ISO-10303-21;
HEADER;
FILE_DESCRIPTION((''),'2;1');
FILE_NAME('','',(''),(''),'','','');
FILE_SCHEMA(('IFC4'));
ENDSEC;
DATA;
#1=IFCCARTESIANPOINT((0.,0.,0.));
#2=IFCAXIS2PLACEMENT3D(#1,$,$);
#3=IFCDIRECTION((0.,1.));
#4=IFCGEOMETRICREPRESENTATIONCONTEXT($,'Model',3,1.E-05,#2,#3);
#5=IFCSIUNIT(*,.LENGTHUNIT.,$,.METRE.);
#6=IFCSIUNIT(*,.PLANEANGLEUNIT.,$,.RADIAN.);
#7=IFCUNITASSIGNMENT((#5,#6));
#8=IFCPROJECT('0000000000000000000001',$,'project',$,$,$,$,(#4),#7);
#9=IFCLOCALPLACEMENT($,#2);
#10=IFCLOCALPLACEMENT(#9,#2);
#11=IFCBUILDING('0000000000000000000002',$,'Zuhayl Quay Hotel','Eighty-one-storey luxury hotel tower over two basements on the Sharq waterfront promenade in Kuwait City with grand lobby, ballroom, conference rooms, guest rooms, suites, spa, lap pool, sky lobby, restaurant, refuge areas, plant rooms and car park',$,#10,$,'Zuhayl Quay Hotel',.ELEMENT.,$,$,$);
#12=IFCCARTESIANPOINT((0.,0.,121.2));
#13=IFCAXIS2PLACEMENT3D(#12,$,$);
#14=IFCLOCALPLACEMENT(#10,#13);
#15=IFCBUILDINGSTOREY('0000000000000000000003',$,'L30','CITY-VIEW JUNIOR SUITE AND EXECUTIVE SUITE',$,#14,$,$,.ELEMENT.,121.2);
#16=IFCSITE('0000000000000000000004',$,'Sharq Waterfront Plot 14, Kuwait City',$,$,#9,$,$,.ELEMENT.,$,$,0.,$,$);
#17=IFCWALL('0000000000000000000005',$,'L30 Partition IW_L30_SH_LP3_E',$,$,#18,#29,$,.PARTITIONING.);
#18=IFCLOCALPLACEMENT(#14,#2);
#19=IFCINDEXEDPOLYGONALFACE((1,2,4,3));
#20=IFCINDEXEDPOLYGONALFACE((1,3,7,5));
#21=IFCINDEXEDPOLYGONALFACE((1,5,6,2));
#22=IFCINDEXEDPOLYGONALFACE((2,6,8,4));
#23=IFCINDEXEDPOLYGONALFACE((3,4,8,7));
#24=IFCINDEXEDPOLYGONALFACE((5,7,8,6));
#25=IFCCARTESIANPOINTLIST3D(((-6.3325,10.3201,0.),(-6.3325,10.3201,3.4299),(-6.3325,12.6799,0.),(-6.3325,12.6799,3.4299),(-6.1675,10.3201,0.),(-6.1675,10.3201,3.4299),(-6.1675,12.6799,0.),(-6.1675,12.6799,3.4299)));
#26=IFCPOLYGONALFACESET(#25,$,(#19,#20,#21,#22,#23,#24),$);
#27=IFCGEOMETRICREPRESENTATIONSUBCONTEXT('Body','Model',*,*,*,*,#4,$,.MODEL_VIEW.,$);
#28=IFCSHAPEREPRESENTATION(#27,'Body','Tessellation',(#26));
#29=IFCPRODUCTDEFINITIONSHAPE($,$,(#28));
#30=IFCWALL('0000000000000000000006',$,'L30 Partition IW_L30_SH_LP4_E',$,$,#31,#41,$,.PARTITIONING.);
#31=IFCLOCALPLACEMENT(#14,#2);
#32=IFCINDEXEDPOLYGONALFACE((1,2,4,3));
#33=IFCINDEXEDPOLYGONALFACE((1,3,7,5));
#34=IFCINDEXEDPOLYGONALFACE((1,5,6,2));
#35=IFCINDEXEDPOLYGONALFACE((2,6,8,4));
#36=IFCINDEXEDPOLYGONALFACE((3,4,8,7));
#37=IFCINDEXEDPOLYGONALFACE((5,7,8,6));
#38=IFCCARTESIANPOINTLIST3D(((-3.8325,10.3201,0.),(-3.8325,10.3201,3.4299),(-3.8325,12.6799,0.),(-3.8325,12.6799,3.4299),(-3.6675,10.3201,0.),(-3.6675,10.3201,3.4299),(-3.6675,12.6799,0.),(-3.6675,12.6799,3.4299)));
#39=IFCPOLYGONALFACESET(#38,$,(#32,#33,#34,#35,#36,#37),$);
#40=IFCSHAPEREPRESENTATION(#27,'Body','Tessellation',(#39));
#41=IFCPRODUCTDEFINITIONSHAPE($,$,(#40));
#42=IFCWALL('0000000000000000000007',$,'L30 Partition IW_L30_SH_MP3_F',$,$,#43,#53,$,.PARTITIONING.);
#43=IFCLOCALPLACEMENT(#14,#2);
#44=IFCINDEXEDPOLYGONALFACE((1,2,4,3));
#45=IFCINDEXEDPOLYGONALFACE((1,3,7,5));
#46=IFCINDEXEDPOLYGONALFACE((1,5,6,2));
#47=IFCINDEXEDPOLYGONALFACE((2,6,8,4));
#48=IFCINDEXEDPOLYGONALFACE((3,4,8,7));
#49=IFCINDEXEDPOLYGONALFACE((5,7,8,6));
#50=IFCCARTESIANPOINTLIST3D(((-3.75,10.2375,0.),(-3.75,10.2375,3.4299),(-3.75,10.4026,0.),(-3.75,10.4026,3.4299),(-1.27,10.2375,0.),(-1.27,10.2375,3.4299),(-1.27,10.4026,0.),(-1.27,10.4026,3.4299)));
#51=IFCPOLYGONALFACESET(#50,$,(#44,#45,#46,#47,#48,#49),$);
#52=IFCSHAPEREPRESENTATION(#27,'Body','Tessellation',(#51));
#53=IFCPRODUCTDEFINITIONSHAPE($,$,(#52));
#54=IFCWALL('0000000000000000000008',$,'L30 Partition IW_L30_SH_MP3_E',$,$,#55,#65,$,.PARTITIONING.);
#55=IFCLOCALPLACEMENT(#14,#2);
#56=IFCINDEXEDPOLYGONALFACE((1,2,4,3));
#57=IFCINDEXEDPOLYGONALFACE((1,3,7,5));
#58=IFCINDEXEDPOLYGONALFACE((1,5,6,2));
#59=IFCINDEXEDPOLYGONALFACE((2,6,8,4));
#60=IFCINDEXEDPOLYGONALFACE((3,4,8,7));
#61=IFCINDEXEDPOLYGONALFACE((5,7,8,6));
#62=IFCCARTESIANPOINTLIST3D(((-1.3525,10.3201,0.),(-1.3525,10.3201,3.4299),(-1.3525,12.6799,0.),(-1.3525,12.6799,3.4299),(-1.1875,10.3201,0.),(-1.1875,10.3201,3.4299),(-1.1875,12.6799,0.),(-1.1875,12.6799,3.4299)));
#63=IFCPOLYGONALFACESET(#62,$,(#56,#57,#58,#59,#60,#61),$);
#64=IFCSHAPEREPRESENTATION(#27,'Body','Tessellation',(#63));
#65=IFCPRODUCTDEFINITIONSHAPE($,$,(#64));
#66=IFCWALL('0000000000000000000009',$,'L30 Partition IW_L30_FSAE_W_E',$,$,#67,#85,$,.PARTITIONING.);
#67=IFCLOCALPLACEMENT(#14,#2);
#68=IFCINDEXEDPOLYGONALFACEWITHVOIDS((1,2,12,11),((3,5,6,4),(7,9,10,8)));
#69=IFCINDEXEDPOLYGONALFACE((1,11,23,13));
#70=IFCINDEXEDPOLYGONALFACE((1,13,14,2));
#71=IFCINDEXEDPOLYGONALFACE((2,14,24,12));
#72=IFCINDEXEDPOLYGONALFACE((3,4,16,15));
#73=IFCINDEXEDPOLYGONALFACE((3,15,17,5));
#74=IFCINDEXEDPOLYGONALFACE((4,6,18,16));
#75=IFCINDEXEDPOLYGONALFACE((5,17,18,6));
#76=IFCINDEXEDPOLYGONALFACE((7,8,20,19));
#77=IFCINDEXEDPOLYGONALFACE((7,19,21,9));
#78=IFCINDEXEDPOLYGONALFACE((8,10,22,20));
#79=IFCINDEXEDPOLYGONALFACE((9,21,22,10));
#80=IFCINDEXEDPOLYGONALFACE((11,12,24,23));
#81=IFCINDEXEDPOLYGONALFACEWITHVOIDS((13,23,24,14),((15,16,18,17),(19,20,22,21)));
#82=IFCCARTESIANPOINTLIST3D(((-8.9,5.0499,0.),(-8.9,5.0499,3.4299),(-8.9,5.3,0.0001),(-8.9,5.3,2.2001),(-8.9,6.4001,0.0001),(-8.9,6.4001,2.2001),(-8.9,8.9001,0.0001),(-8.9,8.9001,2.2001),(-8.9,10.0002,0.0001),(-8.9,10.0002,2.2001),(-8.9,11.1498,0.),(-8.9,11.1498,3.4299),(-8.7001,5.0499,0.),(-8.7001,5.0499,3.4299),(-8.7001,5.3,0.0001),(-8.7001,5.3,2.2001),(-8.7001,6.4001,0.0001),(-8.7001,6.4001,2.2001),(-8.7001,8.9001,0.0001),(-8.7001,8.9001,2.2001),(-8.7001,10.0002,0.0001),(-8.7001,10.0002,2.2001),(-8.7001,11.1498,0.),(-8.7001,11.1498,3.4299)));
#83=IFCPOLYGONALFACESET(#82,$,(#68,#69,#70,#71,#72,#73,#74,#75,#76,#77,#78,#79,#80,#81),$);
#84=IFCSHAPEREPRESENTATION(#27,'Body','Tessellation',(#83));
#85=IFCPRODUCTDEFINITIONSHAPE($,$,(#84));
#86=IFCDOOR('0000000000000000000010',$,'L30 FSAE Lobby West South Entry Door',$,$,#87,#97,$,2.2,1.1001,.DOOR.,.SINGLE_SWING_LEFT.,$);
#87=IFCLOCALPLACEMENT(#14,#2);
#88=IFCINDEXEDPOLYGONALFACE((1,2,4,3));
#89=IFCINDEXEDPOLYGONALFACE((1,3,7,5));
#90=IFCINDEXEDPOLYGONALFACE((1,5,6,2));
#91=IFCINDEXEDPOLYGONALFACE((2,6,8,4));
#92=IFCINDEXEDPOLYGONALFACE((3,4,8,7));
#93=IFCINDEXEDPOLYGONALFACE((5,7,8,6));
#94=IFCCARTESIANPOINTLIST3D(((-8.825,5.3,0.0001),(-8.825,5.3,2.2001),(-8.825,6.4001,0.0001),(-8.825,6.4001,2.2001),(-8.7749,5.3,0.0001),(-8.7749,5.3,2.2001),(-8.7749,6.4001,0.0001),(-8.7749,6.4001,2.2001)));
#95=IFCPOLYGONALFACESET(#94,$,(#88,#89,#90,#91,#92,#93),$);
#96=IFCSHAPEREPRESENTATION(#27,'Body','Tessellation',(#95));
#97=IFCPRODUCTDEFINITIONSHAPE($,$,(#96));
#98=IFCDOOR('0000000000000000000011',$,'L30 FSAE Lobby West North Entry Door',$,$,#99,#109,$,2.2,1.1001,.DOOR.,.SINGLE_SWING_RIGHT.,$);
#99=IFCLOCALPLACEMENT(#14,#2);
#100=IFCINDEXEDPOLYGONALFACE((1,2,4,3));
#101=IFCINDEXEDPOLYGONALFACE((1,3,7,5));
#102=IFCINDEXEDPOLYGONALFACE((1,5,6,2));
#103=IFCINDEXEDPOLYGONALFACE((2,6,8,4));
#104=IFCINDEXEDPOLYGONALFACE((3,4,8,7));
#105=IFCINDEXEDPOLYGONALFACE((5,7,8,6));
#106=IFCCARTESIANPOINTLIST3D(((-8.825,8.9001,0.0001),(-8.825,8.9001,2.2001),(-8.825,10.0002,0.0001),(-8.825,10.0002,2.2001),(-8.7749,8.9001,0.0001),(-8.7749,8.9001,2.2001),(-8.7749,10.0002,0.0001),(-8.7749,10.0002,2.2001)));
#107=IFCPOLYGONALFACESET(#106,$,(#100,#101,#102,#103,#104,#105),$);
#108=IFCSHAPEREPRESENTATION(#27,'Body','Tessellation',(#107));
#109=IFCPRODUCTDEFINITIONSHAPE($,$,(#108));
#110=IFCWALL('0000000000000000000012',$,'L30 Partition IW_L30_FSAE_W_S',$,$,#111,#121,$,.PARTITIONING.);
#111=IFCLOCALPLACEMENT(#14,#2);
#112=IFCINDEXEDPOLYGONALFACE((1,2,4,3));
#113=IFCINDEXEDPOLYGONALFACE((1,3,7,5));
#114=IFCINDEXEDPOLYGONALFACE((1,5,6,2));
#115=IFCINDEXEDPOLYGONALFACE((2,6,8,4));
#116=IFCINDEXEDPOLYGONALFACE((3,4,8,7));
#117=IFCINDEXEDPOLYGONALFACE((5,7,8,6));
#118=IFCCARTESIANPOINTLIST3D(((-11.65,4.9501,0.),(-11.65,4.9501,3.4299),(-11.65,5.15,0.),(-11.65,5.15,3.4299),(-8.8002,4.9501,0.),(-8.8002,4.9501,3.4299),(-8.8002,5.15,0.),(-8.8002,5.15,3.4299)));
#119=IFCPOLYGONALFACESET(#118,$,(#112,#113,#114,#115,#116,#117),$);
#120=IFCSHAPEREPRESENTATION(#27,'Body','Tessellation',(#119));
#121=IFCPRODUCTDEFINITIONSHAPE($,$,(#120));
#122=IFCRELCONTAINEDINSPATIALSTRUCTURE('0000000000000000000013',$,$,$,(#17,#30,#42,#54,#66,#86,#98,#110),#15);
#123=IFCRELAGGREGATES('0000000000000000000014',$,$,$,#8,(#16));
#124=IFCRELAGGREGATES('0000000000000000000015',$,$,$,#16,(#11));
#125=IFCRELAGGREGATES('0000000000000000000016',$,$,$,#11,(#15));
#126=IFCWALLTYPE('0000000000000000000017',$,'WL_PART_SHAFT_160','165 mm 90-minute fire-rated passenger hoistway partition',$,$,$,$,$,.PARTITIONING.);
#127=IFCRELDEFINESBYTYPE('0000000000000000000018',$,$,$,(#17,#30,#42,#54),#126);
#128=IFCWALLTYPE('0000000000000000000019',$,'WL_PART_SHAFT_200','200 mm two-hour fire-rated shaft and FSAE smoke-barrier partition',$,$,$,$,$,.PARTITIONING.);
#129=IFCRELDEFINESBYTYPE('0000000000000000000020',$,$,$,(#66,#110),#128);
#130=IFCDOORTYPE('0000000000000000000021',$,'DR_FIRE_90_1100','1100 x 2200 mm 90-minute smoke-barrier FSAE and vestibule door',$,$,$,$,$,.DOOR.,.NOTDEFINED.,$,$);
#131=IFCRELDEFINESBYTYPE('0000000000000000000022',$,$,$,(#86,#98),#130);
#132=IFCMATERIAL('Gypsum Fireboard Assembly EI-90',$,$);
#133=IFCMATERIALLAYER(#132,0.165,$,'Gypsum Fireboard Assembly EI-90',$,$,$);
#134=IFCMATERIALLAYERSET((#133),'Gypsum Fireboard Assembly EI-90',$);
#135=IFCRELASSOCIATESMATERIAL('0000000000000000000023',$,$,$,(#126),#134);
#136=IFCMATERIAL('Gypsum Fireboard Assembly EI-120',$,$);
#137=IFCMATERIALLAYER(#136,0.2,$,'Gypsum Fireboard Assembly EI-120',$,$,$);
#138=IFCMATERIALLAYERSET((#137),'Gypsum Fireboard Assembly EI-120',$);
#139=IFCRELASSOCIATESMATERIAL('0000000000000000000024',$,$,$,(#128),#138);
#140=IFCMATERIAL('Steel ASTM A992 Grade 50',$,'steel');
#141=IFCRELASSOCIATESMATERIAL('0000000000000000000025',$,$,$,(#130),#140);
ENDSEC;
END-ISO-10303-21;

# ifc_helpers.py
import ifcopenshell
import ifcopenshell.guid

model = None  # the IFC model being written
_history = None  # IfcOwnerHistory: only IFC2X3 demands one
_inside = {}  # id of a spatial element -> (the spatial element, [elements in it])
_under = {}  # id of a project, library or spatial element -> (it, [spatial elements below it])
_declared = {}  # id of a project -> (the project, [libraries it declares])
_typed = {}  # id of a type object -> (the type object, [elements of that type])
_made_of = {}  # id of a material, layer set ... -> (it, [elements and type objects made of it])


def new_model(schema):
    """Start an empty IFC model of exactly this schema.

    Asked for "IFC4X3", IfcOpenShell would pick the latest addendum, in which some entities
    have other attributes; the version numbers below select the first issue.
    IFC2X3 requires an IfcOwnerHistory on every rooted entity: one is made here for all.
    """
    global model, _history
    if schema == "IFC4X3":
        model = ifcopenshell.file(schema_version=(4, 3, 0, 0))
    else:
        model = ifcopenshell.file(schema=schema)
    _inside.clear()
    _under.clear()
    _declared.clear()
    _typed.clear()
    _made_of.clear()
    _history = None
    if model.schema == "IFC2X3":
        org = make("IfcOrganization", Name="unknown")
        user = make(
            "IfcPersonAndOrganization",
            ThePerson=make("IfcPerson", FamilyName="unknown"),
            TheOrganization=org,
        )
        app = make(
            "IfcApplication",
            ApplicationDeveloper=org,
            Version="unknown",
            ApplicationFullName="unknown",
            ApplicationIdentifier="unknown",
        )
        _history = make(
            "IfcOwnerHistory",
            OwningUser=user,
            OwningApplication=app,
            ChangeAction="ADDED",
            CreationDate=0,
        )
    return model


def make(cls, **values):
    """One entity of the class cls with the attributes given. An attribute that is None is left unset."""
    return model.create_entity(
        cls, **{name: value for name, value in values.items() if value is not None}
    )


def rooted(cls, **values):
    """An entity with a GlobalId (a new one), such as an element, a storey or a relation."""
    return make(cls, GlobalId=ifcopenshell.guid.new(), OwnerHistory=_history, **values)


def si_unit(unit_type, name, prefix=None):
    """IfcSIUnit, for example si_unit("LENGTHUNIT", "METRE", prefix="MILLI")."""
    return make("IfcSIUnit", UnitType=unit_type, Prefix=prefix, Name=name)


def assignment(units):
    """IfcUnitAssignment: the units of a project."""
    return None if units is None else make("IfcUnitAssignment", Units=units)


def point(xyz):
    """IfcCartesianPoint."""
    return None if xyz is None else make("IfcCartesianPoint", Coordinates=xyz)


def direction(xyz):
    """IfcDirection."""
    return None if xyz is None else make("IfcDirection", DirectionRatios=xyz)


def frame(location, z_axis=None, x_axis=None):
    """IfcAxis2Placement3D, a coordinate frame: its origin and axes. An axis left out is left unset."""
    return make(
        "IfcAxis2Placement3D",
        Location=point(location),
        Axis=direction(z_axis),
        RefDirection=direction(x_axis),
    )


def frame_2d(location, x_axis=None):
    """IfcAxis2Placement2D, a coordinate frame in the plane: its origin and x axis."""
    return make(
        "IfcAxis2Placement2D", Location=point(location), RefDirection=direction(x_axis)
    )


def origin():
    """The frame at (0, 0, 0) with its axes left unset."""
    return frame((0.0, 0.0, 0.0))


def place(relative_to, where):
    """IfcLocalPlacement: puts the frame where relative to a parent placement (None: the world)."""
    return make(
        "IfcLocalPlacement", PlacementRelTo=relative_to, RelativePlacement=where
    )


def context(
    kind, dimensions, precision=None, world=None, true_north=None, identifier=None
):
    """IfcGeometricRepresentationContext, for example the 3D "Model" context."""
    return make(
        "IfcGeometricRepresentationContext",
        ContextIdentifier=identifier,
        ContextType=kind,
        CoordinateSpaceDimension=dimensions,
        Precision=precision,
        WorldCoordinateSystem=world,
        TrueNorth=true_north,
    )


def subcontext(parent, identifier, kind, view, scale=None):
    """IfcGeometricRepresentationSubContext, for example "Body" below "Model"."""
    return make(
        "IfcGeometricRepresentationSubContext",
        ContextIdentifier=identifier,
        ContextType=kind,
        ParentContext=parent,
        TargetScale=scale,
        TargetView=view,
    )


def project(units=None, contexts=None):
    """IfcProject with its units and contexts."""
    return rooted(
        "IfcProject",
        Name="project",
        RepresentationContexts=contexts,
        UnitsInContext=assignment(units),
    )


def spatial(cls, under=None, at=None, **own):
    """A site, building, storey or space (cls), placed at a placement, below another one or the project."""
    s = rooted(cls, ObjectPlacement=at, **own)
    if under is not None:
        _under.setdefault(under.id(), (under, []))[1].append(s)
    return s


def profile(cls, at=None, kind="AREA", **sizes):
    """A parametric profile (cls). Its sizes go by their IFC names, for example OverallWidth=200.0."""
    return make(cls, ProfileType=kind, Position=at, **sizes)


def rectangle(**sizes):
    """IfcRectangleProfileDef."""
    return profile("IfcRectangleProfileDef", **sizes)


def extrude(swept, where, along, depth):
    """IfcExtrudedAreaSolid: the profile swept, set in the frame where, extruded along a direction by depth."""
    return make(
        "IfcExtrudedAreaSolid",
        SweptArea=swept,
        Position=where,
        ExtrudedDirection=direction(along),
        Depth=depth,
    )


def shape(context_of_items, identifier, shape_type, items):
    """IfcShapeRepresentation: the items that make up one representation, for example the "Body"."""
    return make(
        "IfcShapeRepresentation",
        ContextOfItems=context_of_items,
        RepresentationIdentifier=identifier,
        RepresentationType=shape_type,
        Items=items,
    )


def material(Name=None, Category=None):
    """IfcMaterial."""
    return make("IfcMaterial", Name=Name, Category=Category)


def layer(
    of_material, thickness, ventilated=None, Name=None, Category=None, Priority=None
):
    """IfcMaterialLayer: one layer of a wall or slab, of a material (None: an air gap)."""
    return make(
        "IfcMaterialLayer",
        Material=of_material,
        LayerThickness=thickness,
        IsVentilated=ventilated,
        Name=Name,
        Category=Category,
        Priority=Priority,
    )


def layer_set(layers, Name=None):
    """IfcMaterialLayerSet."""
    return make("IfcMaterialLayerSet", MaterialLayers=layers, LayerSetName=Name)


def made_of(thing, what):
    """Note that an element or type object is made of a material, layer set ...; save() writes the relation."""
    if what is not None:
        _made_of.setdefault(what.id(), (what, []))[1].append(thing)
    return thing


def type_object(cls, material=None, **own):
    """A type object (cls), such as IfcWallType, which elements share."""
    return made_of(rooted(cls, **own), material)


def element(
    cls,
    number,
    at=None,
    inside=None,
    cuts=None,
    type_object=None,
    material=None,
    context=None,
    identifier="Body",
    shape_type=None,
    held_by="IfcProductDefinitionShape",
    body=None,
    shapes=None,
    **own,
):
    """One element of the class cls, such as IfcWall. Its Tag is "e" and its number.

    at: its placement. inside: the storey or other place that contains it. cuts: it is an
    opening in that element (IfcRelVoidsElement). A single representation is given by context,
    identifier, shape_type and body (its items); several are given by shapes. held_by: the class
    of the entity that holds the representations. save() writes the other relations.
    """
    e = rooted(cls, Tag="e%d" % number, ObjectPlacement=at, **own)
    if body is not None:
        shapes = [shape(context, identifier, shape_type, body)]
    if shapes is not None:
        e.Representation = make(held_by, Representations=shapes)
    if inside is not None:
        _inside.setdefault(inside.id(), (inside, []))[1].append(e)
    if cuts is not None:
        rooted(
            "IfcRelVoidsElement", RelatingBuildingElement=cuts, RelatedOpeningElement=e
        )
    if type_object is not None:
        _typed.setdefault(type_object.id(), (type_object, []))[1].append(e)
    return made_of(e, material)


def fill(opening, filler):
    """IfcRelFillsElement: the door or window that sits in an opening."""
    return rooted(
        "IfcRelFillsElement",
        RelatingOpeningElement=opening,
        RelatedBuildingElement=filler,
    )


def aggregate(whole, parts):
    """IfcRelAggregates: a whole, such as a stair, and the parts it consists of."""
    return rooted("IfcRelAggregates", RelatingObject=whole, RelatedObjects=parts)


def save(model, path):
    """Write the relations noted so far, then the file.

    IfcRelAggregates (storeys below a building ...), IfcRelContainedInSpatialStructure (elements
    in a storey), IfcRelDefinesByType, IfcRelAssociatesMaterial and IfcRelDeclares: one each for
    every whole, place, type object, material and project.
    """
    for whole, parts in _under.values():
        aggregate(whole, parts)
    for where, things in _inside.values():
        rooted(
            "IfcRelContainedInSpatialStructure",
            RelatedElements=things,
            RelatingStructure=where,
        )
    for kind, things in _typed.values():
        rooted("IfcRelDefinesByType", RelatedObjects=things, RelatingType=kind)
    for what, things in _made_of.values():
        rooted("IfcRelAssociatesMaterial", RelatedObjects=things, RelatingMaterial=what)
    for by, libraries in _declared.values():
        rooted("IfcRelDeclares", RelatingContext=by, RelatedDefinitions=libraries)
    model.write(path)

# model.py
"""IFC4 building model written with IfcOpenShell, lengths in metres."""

from ifc_helpers import new_model, si_unit, direction, frame, frame_2d, origin, place, context, subcontext, project, spatial, rectangle, extrude, material, layer, layer_set, type_object, element, fill, save


model = new_model("IFC4")

# Units and contexts
model_context = context("Model", 3, precision=1e-05, world=origin(), true_north=direction((0.0, 1.0)))
body_context = subcontext(model_context, "Body", "Model", "MODEL_VIEW")
ifc_project = project(units=[si_unit("LENGTHUNIT", "METRE"), si_unit("PLANEANGLEUNIT", "RADIAN")], contexts=[model_context])

# Site, building, storey
site_placement = place(None, origin())
site = spatial("IfcSite", under=ifc_project, at=site_placement, Name="Sharq Waterfront Plot 14, Kuwait City", CompositionType="ELEMENT", RefElevation=0.0)
building_placement = place(site_placement, origin())
building = spatial("IfcBuilding", under=site, at=building_placement, Name="Zuhayl Quay Hotel", Description="Eighty-one-storey luxury hotel tower over two basements on the Sharq waterfront promenade in Kuwait City with grand lobby, ballroom, conference rooms, guest rooms, suites, spa, lap pool, sky lobby, restaurant, refuge areas, plant rooms and car park", LongName="Zuhayl Quay Hotel", CompositionType="ELEMENT")
storey_placement = place(building_placement, frame((0.0, 0.0, 121.2)))
storey = spatial("IfcBuildingStorey", under=building, at=storey_placement, Name="L30", Description="CITY-VIEW JUNIOR SUITE AND EXECUTIVE SUITE", CompositionType="ELEMENT", Elevation=121.2)

# Shared definitions
ifc_material_1 = material(Name="Steel ASTM A992 Grade 50", Category="steel")

# Shared definitions
ifc_material_2 = material(Name="Gypsum Fireboard Assembly EI-90")
ifc_layer_1 = layer(ifc_material_2, 0.165, Name="Gypsum Fireboard Assembly EI-90")
ifc_layer_set_1 = layer_set([ifc_layer_1], Name="Gypsum Fireboard Assembly EI-90")
wall_type_1 = type_object("IfcWallType", Name="WL_PART_SHAFT_160", Description="165 mm 90-minute fire-rated passenger hoistway partition", PredefinedType="PARTITIONING", material=ifc_layer_set_1)

# Walls
for number, where, z_axis, x_axis, name in (
    (1, (-6.25, 10.3201, 0.0), (0.0, 0.0, 1.0), (0.0, 1.0, 0.0), "L30 Partition IW_L30_SH_LP3_E"),
    (2, (-3.75, 10.3201, 0.0), (0.0, 0.0, 1.0), (0.0, 1.0, 0.0), "L30 Partition IW_L30_SH_LP4_E"),
):
    element("IfcWall", number, at=place(storey_placement, frame(where, z_axis=z_axis, x_axis=x_axis)), inside=storey, type_object=wall_type_1, Name=name, PredefinedType="PARTITIONING", context=body_context, shape_type="SweptSolid", body=[
        extrude(rectangle(XDim=2.3599, YDim=0.165, at=frame_2d((1.1799, 0.0))), origin(), (0.0, 0.0, 1.0), 3.4299),
    ])
wall_1_placement = place(storey_placement, frame((-3.75, 10.3201, 0.0), z_axis=(0.0, 0.0, 1.0), x_axis=(1.0, 0.0, 0.0)))
element("IfcWall", 3, at=wall_1_placement, inside=storey, type_object=wall_type_1, Name="L30 Partition IW_L30_SH_MP3_F", PredefinedType="PARTITIONING", context=body_context, shape_type="SweptSolid", body=[
    extrude(rectangle(XDim=2.48, YDim=0.165, at=frame_2d((1.24, 0.0))), origin(), (0.0, 0.0, 1.0), 3.4299),
])
wall_2_placement = place(storey_placement, frame((-1.27, 10.3201, 0.0), z_axis=(0.0, 0.0, 1.0), x_axis=(0.0, 1.0, 0.0)))
element("IfcWall", 4, at=wall_2_placement, inside=storey, type_object=wall_type_1, Name="L30 Partition IW_L30_SH_MP3_E", PredefinedType="PARTITIONING", context=body_context, shape_type="SweptSolid", body=[
    extrude(rectangle(XDim=2.3599, YDim=0.165, at=frame_2d((1.1799, 0.0))), origin(), (0.0, 0.0, 1.0), 3.4299),
])

# Wall, openings, doors
ifc_material_3 = material(Name="Gypsum Fireboard Assembly EI-120")
ifc_layer_2 = layer(ifc_material_3, 0.2, Name="Gypsum Fireboard Assembly EI-120")
ifc_layer_set_2 = layer_set([ifc_layer_2], Name="Gypsum Fireboard Assembly EI-120")
wall_type_2 = type_object("IfcWallType", Name="WL_PART_SHAFT_200", Description="200 mm two-hour fire-rated shaft and FSAE smoke-barrier partition", PredefinedType="PARTITIONING", material=ifc_layer_set_2)
wall_3_placement = place(storey_placement, frame((-8.8, 5.05, 0.0), z_axis=(0.0, 0.0, 1.0), x_axis=(0.0, 1.0, 0.0)))
wall_3 = element("IfcWall", 5, at=wall_3_placement, inside=storey, type_object=wall_type_2, Name="L30 Partition IW_L30_FSAE_W_E", PredefinedType="PARTITIONING", context=body_context, shape_type="SweptSolid", body=[
    extrude(rectangle(XDim=6.0999, YDim=0.2, at=frame_2d((3.0498, 0.0))), origin(), (0.0, 0.0, 1.0), 3.4299),
])
opening_1_placement = place(wall_3_placement, frame((0.25, 0.0, 0.0)))
opening_1 = element("IfcOpeningElement", 6, at=opening_1_placement, cuts=wall_3, PredefinedType="OPENING", context=body_context, shape_type="SweptSolid", body=[
    extrude(rectangle(XDim=1.1001, YDim=2.2, at=frame_2d((0.55, 1.1001))), frame((0.0, 0.1099, 0.0), z_axis=(0.0, -1.0, 0.0), x_axis=(1.0, 0.0, 0.0)), (0.0, 0.0, 1.0), 0.22),
])
opening_2_placement = place(wall_3_placement, frame((3.8501, 0.0, 0.0)))
opening_2 = element("IfcOpeningElement", 7, at=opening_2_placement, cuts=wall_3, PredefinedType="OPENING", context=body_context, shape_type="SweptSolid", body=[
    extrude(rectangle(XDim=1.1001, YDim=2.2, at=frame_2d((0.55, 1.1001))), frame((0.0, 0.1099, 0.0), z_axis=(0.0, -1.0, 0.0), x_axis=(1.0, 0.0, 0.0)), (0.0, 0.0, 1.0), 0.22),
])
door_type_1 = type_object("IfcDoorType", Name="DR_FIRE_90_1100", Description="1100 x 2200 mm 90-minute smoke-barrier FSAE and vestibule door", OperationType="NOTDEFINED", PredefinedType="DOOR", material=ifc_material_1)
door_1_placement = place(opening_1_placement, origin())
door_1 = element("IfcDoor", 8, at=door_1_placement, inside=storey, type_object=door_type_1, Name="L30 FSAE Lobby West South Entry Door", OperationType="SINGLE_SWING_LEFT", OverallHeight=2.2, OverallWidth=1.1001, PredefinedType="DOOR", context=body_context, shape_type="SweptSolid", body=[
    extrude(rectangle(XDim=1.1001, YDim=2.2, at=frame_2d((0.55, 1.1001))), frame((0.0, 0.0249, 0.0), z_axis=(0.0, -1.0, 0.0), x_axis=(1.0, 0.0, 0.0)), (0.0, 0.0, 1.0), 0.05),
])
fill(opening_1, door_1)
door_2_placement = place(opening_2_placement, origin())
door_2 = element("IfcDoor", 9, at=door_2_placement, inside=storey, type_object=door_type_1, Name="L30 FSAE Lobby West North Entry Door", OperationType="SINGLE_SWING_RIGHT", OverallHeight=2.2, OverallWidth=1.1001, PredefinedType="DOOR", context=body_context, shape_type="SweptSolid", body=[
    extrude(rectangle(XDim=1.1001, YDim=2.2, at=frame_2d((0.55, 1.1001))), frame((0.0, 0.0249, 0.0), z_axis=(0.0, -1.0, 0.0), x_axis=(1.0, 0.0, 0.0)), (0.0, 0.0, 1.0), 0.05),
])
fill(opening_2, door_2)

# Wall
wall_4_placement = place(storey_placement, frame((-11.6499, 5.05, 0.0), z_axis=(0.0, 0.0, 1.0), x_axis=(1.0, 0.0, 0.0)))
element("IfcWall", 10, at=wall_4_placement, inside=storey, type_object=wall_type_2, Name="L30 Partition IW_L30_FSAE_W_S", PredefinedType="PARTITIONING", context=body_context, shape_type="SweptSolid", body=[
    extrude(rectangle(XDim=2.8499, YDim=0.2, at=frame_2d((1.4248, 0.0))), origin(), (0.0, 0.0, 1.0), 3.4299),
])

save(model, "model.ifc")
